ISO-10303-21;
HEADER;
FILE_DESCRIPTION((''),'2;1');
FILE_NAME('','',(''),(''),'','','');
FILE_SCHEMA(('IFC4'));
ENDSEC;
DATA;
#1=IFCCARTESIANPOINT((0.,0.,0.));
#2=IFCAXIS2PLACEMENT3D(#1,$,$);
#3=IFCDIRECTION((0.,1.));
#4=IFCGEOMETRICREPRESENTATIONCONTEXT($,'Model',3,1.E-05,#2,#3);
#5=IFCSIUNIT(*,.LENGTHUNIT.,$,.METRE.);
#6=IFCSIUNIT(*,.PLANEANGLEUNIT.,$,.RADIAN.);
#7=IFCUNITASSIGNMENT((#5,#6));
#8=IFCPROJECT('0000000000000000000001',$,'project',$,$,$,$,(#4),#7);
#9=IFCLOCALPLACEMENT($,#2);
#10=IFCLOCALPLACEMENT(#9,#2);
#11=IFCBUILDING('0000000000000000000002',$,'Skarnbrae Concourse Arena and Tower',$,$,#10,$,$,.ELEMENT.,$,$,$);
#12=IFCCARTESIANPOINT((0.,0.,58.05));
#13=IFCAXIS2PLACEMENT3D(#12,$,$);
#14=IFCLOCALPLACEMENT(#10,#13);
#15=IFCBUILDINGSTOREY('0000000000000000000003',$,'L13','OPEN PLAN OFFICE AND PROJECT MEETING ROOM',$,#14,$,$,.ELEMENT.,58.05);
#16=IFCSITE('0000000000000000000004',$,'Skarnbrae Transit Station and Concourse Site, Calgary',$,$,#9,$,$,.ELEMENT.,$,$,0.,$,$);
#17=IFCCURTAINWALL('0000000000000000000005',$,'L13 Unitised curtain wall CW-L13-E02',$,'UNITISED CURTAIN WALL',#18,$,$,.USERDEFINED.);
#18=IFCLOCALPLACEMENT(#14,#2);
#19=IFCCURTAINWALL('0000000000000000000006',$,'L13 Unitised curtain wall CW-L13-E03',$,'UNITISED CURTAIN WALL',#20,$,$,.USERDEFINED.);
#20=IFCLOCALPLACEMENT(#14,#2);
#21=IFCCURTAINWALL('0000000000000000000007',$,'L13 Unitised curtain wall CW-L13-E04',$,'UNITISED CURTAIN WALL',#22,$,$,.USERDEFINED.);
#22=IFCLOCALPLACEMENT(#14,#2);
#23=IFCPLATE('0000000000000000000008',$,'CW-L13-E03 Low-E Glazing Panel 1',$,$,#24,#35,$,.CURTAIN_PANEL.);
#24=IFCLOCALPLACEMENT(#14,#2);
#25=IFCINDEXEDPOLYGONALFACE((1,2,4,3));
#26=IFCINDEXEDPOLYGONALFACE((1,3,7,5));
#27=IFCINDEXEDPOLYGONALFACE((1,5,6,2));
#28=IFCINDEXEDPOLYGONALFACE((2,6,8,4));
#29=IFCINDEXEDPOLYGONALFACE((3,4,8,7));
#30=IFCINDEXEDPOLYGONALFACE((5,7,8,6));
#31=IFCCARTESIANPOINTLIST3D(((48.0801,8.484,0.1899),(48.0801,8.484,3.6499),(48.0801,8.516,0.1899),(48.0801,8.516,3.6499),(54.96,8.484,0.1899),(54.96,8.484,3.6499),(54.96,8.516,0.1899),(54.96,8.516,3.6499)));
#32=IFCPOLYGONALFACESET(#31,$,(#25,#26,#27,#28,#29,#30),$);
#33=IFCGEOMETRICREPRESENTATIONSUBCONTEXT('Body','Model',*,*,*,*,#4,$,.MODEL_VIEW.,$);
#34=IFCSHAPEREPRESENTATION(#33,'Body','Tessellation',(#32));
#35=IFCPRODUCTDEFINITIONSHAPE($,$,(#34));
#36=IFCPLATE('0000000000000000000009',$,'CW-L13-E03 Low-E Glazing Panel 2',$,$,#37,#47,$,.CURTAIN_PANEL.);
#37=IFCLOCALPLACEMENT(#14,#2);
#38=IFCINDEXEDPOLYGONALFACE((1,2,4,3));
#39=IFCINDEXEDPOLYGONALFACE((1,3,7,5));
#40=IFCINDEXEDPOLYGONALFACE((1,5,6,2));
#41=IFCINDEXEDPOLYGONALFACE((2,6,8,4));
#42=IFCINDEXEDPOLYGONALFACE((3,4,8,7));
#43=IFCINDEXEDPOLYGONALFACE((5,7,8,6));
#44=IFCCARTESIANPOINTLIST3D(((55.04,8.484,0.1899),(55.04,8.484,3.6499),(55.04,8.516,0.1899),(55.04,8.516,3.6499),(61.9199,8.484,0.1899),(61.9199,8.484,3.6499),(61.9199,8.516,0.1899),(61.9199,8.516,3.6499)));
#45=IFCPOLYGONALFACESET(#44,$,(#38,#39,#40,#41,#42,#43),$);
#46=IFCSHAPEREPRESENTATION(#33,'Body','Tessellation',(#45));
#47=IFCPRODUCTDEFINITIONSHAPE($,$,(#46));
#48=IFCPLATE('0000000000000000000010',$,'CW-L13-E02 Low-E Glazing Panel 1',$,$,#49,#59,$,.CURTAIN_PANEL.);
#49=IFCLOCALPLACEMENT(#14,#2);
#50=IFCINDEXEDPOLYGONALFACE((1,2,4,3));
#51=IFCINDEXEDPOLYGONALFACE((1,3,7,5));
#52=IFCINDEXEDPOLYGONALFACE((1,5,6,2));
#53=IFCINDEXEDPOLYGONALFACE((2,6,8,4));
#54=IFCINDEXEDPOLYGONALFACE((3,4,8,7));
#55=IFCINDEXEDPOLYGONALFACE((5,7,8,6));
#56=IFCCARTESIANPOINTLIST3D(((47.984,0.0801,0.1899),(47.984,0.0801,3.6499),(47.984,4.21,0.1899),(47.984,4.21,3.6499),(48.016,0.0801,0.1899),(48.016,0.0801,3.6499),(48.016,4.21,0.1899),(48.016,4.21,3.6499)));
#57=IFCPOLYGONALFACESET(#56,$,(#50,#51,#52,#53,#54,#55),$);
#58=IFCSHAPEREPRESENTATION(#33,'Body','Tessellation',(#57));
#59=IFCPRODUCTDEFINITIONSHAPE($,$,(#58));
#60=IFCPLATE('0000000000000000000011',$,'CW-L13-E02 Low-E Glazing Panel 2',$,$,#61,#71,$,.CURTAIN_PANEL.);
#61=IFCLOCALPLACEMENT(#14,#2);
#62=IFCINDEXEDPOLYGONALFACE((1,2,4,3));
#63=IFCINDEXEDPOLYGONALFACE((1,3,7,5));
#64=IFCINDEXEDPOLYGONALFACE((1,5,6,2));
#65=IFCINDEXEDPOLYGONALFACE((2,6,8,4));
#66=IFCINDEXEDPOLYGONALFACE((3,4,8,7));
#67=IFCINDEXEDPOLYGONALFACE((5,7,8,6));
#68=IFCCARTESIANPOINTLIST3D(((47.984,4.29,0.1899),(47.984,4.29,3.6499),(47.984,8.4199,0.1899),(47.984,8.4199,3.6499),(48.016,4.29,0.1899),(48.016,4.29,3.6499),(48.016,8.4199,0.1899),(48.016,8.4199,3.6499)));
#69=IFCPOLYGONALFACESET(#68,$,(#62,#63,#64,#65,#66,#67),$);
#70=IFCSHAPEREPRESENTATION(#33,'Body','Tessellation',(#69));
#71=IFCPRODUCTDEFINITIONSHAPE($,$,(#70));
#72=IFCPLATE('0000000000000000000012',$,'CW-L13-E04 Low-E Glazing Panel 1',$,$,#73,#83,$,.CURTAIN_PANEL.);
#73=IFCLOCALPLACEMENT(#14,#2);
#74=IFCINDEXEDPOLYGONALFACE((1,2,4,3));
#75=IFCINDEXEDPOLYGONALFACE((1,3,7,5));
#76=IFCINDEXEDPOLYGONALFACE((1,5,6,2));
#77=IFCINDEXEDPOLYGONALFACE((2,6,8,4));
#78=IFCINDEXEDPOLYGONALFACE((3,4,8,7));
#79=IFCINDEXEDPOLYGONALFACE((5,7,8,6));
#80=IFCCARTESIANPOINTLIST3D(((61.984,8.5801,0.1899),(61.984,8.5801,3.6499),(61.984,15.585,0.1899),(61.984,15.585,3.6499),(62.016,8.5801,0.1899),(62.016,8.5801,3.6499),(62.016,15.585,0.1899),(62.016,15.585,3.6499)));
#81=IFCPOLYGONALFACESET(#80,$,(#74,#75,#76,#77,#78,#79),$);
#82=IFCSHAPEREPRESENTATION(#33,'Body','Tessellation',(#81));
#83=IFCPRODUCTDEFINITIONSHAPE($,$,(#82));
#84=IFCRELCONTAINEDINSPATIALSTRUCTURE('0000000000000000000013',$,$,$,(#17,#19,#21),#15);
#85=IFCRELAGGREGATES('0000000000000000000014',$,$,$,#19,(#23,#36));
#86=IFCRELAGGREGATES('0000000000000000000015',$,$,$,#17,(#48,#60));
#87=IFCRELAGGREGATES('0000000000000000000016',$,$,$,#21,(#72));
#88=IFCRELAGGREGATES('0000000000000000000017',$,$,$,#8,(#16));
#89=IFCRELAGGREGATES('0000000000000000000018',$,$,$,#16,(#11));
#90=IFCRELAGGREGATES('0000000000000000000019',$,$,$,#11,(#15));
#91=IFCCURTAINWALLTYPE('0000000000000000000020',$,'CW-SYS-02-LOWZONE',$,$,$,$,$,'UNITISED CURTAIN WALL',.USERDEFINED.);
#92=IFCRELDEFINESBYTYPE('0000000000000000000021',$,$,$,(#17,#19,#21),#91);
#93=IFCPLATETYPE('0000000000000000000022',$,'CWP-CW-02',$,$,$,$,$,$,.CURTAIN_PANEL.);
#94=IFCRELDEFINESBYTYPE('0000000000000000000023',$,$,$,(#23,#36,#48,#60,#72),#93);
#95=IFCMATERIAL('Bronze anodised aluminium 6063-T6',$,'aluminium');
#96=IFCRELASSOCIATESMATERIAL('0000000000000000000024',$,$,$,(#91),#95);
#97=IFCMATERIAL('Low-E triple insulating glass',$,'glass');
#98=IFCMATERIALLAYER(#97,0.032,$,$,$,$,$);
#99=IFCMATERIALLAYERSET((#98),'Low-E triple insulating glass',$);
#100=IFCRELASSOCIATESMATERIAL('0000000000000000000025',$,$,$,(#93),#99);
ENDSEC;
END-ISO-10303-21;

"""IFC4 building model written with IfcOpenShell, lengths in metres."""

from ifc_helpers import new_model, si_unit, direction, frame, origin, origin_2d, place, context, subcontext, project, spatial, rectangle, extrude, source, transform, mapped, material, layer, layer_set, type_object, element, aggregate, save


model = new_model("IFC4")

# Units and contexts
model_context = context("Model", 3, precision=1e-05, world=origin(), true_north=direction((0.0, 1.0)))
body_context = subcontext(model_context, "Body", "Model", "MODEL_VIEW")
ifc_project = project(units=[si_unit("LENGTHUNIT", "METRE"), si_unit("PLANEANGLEUNIT", "RADIAN")], contexts=[model_context])

# Site, building, storey
site_placement = place(None, origin())
site = spatial("IfcSite", under=ifc_project, at=site_placement, Name="Skarnbrae Transit Station and Concourse Site, Calgary", CompositionType="ELEMENT", RefElevation=0.0)
building_placement = place(site_placement, origin())
building = spatial("IfcBuilding", under=site, at=building_placement, Name="Skarnbrae Concourse Arena and Tower", CompositionType="ELEMENT")
storey_placement = place(building_placement, frame((0.0, 0.0, 58.05)))
storey = spatial("IfcBuildingStorey", under=building, at=storey_placement, Name="L13", Description="OPEN PLAN OFFICE AND PROJECT MEETING ROOM", CompositionType="ELEMENT", Elevation=58.05)

# Shared definitions
ifc_material_1 = material(Name="Bronze anodised aluminium 6063-T6", Category="aluminium")
curtain_wall_type = type_object("IfcCurtainWallType", Name="CW-SYS-02-LOWZONE", ElementType="UNITISED CURTAIN WALL", PredefinedType="USERDEFINED", material=ifc_material_1)

# Curtain walls
curtain_wall_1_placement = place(storey_placement, origin())
curtain_wall_1 = element("IfcCurtainWall", 1, at=curtain_wall_1_placement, inside=storey, type_object=curtain_wall_type, Name="L13 Unitised curtain wall CW-L13-E02", ObjectType="UNITISED CURTAIN WALL", PredefinedType="USERDEFINED")
curtain_wall_2_placement = place(storey_placement, origin())
curtain_wall_2 = element("IfcCurtainWall", 2, at=curtain_wall_2_placement, inside=storey, type_object=curtain_wall_type, Name="L13 Unitised curtain wall CW-L13-E03", ObjectType="UNITISED CURTAIN WALL", PredefinedType="USERDEFINED")

# Curtain wall
curtain_wall_3_placement = place(storey_placement, origin())
curtain_wall_3 = element("IfcCurtainWall", 3, at=curtain_wall_3_placement, inside=storey, type_object=curtain_wall_type, Name="L13 Unitised curtain wall CW-L13-E04", ObjectType="UNITISED CURTAIN WALL", PredefinedType="USERDEFINED")

# Plates
ifc_material_2 = material(Name="Low-E triple insulating glass", Category="glass")
ifc_layer_1 = layer(ifc_material_2, 0.032)
ifc_layer_set_1 = layer_set([ifc_layer_1], Name="Low-E triple insulating glass")
plate_type = type_object("IfcPlateType", Name="CWP-CW-02", PredefinedType="CURTAIN_PANEL", material=ifc_layer_set_1)
shared_shape_1 = source(origin(), body_context, "Body", "SweptSolid", [
    extrude(rectangle(XDim=6.8799, YDim=0.032, at=origin_2d()), origin(), (0.0, 0.0, 1.0), 3.46),
])
plate_1_placement = place(storey_placement, frame((51.52, 8.5, 0.1899), z_axis=(0.0, 0.0, 1.0), x_axis=(1.0, 0.0, 0.0)))
plate_1 = element("IfcPlate", 4, at=plate_1_placement, type_object=plate_type, Name="CW-L13-E03 Low-E Glazing Panel 1", PredefinedType="CURTAIN_PANEL", context=body_context, shape_type="MappedRepresentation", body=[
    mapped(shared_shape_1, transform((0.0, 0.0, 0.0))),
])
plate_2_placement = place(storey_placement, frame((58.48, 8.5, 0.1899), z_axis=(0.0, 0.0, 1.0), x_axis=(1.0, 0.0, 0.0)))
plate_2 = element("IfcPlate", 5, at=plate_2_placement, type_object=plate_type, Name="CW-L13-E03 Low-E Glazing Panel 2", PredefinedType="CURTAIN_PANEL", context=body_context, shape_type="MappedRepresentation", body=[
    mapped(shared_shape_1, transform((0.0, 0.0, 0.0))),
])
aggregate(curtain_wall_2, [plate_1, plate_2])
shared_shape_2 = source(origin(), body_context, "Body", "SweptSolid", [
    extrude(rectangle(XDim=4.1299, YDim=0.032, at=origin_2d()), origin(), (0.0, 0.0, 1.0), 3.46),
])
plate_3_placement = place(storey_placement, frame((48.0, 2.145, 0.1899), z_axis=(0.0, 0.0, 1.0), x_axis=(0.0, 1.0, 0.0)))
plate_3 = element("IfcPlate", 6, at=plate_3_placement, type_object=plate_type, Name="CW-L13-E02 Low-E Glazing Panel 1", PredefinedType="CURTAIN_PANEL", context=body_context, shape_type="MappedRepresentation", body=[
    mapped(shared_shape_2, transform((0.0, 0.0, 0.0))),
])
plate_4_placement = place(storey_placement, frame((48.0, 6.355, 0.1899), z_axis=(0.0, 0.0, 1.0), x_axis=(0.0, 1.0, 0.0)))
plate_4 = element("IfcPlate", 7, at=plate_4_placement, type_object=plate_type, Name="CW-L13-E02 Low-E Glazing Panel 2", PredefinedType="CURTAIN_PANEL", context=body_context, shape_type="MappedRepresentation", body=[
    mapped(shared_shape_2, transform((0.0, 0.0, 0.0))),
])
aggregate(curtain_wall_1, [plate_3, plate_4])
shared_shape_3 = source(origin(), body_context, "Body", "SweptSolid", [
    extrude(rectangle(XDim=7.0049, YDim=0.032, at=origin_2d()), origin(), (0.0, 0.0, 1.0), 3.46),
])
plate_5_placement = place(storey_placement, frame((62.0, 12.0825, 0.1899), z_axis=(0.0, 0.0, 1.0), x_axis=(0.0, 1.0, 0.0)))
plate_5 = element("IfcPlate", 8, at=plate_5_placement, type_object=plate_type, Name="CW-L13-E04 Low-E Glazing Panel 1", PredefinedType="CURTAIN_PANEL", context=body_context, shape_type="MappedRepresentation", body=[
    mapped(shared_shape_3, transform((0.0, 0.0, 0.0))),
])
aggregate(curtain_wall_3, [plate_5])

save(model, "model.ifc")
